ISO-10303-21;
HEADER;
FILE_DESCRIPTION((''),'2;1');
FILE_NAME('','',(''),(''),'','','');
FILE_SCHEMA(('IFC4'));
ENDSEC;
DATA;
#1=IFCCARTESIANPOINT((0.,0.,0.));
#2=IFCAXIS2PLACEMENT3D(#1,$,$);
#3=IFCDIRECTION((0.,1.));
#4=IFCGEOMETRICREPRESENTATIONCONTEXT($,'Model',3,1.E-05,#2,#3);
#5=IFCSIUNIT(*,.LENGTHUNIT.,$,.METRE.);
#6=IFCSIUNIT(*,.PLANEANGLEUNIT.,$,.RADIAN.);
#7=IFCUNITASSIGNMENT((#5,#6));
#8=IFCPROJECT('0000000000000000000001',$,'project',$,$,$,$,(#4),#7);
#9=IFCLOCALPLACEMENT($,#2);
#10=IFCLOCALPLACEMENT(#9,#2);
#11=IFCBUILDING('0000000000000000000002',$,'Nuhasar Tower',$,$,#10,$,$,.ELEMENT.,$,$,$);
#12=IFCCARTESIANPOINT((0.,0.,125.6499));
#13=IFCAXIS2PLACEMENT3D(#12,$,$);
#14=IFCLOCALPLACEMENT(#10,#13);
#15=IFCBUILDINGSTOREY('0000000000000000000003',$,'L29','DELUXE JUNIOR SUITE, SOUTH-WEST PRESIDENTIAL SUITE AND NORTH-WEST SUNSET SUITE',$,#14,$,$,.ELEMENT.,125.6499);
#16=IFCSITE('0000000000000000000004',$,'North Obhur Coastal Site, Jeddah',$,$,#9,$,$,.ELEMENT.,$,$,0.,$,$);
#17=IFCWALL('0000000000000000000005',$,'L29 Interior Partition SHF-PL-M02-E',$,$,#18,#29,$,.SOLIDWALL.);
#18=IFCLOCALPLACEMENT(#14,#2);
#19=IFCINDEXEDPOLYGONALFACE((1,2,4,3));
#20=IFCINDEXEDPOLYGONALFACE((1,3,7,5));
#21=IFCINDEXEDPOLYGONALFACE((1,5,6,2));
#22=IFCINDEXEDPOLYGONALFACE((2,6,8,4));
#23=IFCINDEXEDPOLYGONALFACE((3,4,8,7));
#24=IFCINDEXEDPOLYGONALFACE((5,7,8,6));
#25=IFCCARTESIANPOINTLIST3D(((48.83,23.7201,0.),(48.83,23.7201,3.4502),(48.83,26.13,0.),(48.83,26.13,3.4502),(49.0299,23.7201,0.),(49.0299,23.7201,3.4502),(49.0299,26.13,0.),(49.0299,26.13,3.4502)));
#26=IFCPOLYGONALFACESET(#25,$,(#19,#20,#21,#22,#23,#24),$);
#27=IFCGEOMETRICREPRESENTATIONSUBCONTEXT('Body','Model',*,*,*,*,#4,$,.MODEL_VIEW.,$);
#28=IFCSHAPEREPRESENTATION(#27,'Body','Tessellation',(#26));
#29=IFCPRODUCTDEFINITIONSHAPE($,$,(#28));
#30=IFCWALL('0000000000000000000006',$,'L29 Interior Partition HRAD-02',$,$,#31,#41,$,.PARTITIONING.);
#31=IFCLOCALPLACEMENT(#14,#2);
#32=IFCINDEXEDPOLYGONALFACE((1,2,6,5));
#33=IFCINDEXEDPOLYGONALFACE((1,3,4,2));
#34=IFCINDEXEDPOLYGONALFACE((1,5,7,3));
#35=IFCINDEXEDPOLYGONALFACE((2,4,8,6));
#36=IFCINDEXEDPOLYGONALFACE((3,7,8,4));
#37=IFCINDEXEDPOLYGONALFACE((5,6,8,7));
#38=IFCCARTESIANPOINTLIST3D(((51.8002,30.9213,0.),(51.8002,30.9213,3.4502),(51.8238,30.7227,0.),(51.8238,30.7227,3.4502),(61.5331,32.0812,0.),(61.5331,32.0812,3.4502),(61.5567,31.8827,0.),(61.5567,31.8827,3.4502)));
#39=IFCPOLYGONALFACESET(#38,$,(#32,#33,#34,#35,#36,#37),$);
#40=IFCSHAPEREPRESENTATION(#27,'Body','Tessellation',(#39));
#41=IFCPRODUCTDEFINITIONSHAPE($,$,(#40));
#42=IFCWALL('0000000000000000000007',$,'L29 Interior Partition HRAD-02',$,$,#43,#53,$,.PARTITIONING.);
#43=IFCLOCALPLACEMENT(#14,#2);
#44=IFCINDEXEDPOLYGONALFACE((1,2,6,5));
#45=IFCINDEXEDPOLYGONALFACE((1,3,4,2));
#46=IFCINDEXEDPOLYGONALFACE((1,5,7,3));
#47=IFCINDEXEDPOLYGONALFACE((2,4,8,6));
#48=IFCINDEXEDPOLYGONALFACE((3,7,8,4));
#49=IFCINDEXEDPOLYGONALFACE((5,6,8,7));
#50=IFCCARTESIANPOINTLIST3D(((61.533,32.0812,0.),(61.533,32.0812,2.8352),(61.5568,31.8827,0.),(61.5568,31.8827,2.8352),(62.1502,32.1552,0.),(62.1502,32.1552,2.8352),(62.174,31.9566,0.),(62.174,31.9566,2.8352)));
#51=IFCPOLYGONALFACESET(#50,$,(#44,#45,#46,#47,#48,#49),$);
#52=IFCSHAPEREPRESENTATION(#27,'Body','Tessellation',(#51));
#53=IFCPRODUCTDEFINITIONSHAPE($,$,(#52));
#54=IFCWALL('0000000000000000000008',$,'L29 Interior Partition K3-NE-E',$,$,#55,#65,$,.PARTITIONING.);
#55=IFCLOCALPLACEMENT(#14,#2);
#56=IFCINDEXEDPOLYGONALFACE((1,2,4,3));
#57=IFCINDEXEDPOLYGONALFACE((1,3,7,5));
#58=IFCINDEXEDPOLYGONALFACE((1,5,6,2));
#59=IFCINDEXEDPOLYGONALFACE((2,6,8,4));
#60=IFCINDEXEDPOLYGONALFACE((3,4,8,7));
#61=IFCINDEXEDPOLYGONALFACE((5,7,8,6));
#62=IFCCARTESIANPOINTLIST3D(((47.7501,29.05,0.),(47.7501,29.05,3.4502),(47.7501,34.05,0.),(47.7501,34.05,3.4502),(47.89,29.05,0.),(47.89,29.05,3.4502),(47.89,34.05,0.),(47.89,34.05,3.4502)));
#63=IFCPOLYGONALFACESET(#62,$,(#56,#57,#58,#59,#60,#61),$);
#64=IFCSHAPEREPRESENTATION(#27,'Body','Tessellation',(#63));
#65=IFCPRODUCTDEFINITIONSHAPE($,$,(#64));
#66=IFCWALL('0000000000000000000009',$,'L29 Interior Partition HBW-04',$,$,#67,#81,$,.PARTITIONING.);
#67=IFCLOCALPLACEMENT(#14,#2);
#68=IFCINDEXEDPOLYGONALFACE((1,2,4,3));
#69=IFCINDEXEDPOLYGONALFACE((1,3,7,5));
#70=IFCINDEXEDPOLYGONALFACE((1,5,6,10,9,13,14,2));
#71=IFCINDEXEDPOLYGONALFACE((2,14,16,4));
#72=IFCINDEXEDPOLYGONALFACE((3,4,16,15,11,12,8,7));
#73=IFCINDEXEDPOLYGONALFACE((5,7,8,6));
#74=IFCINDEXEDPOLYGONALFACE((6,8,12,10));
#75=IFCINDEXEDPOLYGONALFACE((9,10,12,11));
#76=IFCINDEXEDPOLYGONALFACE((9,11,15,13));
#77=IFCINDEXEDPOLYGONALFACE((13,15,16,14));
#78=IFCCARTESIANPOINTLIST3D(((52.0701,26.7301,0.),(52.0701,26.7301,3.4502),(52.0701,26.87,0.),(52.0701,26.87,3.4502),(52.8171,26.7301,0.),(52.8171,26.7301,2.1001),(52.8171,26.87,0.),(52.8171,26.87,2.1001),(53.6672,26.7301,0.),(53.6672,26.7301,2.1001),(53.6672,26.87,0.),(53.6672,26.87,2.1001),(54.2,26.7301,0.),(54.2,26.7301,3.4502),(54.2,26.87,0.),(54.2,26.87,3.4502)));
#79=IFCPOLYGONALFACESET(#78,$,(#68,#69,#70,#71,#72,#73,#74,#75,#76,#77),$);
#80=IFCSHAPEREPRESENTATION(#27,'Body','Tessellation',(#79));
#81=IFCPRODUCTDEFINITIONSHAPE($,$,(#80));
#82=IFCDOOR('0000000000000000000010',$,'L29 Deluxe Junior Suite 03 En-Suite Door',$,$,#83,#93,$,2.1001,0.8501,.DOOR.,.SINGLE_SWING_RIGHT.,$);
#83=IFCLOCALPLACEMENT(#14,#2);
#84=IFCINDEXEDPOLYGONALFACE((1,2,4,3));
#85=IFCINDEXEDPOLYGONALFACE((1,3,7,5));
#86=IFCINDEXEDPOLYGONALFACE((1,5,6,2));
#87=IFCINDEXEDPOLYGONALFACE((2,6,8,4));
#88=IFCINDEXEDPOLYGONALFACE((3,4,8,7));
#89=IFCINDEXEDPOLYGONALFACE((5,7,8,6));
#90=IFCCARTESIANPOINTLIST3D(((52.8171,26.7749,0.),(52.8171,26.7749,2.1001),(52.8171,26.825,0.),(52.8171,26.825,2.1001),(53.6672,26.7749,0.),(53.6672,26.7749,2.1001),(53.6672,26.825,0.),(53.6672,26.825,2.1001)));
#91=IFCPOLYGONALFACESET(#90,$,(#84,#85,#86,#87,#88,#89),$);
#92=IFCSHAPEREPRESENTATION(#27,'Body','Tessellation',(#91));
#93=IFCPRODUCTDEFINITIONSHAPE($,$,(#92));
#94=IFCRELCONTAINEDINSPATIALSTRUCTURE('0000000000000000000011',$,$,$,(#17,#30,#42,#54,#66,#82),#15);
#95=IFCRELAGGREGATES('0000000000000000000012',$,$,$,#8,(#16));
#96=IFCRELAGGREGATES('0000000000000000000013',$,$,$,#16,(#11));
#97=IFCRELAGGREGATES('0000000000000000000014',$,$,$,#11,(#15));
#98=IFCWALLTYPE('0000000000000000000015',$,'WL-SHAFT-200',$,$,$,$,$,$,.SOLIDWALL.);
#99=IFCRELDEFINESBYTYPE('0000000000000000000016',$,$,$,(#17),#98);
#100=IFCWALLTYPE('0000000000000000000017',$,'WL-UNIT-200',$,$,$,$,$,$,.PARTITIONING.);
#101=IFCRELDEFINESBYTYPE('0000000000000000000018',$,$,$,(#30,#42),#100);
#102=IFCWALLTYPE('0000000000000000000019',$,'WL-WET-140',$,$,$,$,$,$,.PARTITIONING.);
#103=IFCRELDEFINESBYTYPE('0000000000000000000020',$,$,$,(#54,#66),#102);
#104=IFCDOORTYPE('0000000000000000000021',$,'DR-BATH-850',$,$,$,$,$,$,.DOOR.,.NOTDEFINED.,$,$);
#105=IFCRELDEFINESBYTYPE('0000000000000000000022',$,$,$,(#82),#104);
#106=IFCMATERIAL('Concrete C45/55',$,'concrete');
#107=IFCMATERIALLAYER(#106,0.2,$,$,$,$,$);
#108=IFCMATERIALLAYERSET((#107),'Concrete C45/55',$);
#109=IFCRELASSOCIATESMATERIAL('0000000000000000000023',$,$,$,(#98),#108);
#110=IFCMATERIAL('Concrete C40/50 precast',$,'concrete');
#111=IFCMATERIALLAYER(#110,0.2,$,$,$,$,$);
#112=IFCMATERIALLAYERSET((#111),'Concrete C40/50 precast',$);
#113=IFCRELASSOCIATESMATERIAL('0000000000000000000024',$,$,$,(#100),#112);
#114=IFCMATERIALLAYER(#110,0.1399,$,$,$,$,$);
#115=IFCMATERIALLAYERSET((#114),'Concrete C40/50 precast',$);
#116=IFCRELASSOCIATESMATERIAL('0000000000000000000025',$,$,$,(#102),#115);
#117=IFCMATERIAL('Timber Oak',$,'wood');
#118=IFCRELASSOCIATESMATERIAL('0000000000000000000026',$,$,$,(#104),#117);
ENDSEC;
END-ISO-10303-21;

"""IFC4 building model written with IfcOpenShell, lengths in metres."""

from ifc_helpers import new_model, si_unit, direction, frame, frame_2d, origin, place, context, subcontext, project, spatial, rectangle, extrude, material, layer, layer_set, type_object, element, fill, save


model = new_model("IFC4")

# Units and contexts
model_context = context("Model", 3, precision=1e-05, world=origin(), true_north=direction((0.0, 1.0)))
body_context = subcontext(model_context, "Body", "Model", "MODEL_VIEW")
ifc_project = project(units=[si_unit("LENGTHUNIT", "METRE"), si_unit("PLANEANGLEUNIT", "RADIAN")], contexts=[model_context])

# Site, building, storey
site_placement = place(None, origin())
site = spatial("IfcSite", under=ifc_project, at=site_placement, Name="North Obhur Coastal Site, Jeddah", CompositionType="ELEMENT", RefElevation=0.0)
building_placement = place(site_placement, origin())
building = spatial("IfcBuilding", under=site, at=building_placement, Name="Nuhasar Tower", CompositionType="ELEMENT")
storey_placement = place(building_placement, frame((0.0, 0.0, 125.6499)))
storey = spatial("IfcBuildingStorey", under=building, at=storey_placement, Name="L29", Description="DELUXE JUNIOR SUITE, SOUTH-WEST PRESIDENTIAL SUITE AND NORTH-WEST SUNSET SUITE", CompositionType="ELEMENT", Elevation=125.6499)

# Shared definitions
ifc_material_1 = material(Name="Timber Oak", Category="wood")

# Walls
ifc_material_2 = material(Name="Concrete C45/55", Category="concrete")
ifc_layer_1 = layer(ifc_material_2, 0.2)
ifc_layer_set_1 = layer_set([ifc_layer_1], Name="Concrete C45/55")
wall_type_1 = type_object("IfcWallType", Name="WL-SHAFT-200", PredefinedType="SOLIDWALL", material=ifc_layer_set_1)
wall_1_placement = place(storey_placement, frame((48.9299, 23.72, 0.0), z_axis=(0.0, 0.0, 1.0), x_axis=(0.0, 1.0, 0.0)))
element("IfcWall", 1, at=wall_1_placement, inside=storey, type_object=wall_type_1, Name="L29 Interior Partition SHF-PL-M02-E", PredefinedType="SOLIDWALL", context=body_context, shape_type="SweptSolid", body=[
    extrude(rectangle(XDim=2.4099, YDim=0.2, at=frame_2d((1.2051, 0.0))), origin(), (0.0, 0.0, 1.0), 3.4502),
])
ifc_material_3 = material(Name="Concrete C40/50 precast", Category="concrete")
ifc_layer_2 = layer(ifc_material_3, 0.2)
ifc_layer_set_2 = layer_set([ifc_layer_2], Name="Concrete C40/50 precast")
wall_type_2 = type_object("IfcWallType", Name="WL-UNIT-200", PredefinedType="PARTITIONING", material=ifc_layer_set_2)
wall_2_placement = place(storey_placement, frame((51.812, 30.822, 0.0), z_axis=(0.0, 0.0, 1.0), x_axis=(0.992974, 0.118337, 0.0)))
element("IfcWall", 2, at=wall_2_placement, inside=storey, type_object=wall_type_2, Name="L29 Interior Partition HRAD-02", PredefinedType="PARTITIONING", context=body_context, shape_type="SweptSolid", body=[
    extrude(rectangle(XDim=9.8018, YDim=0.2, at=frame_2d((4.9009, 0.0))), origin(), (0.0, 0.0, 1.0), 3.4502),
])
wall_3_placement = place(storey_placement, frame((61.5449, 31.9819, 0.0), z_axis=(0.0, 0.0, 1.0), x_axis=(0.992894, 0.119006, 0.0)))
element("IfcWall", 3, at=wall_3_placement, inside=storey, type_object=wall_type_2, Name="L29 Interior Partition HRAD-02", PredefinedType="PARTITIONING", context=body_context, shape_type="SweptSolid", body=[
    extrude(rectangle(XDim=0.6216, YDim=0.2, at=frame_2d((0.3108, 0.0))), origin(), (0.0, 0.0, 1.0), 2.8352),
])
ifc_layer_3 = layer(ifc_material_3, 0.1399)
ifc_layer_set_3 = layer_set([ifc_layer_3], Name="Concrete C40/50 precast")
wall_type_3 = type_object("IfcWallType", Name="WL-WET-140", PredefinedType="PARTITIONING", material=ifc_layer_set_3)
wall_4_placement = place(storey_placement, frame((47.8201, 29.05, 0.0), z_axis=(0.0, 0.0, 1.0), x_axis=(0.0, 1.0, 0.0)))
element("IfcWall", 4, at=wall_4_placement, inside=storey, type_object=wall_type_3, Name="L29 Interior Partition K3-NE-E", PredefinedType="PARTITIONING", context=body_context, shape_type="SweptSolid", body=[
    extrude(rectangle(XDim=5.0, YDim=0.1399, at=frame_2d((2.5, 0.0))), origin(), (0.0, 0.0, 1.0), 3.4502),
])

# Wall, opening, door
wall_5_placement = place(storey_placement, frame((52.0701, 26.8, 0.0), z_axis=(0.0, 0.0, 1.0), x_axis=(1.0, 0.0, 0.0)))
wall_5 = element("IfcWall", 5, at=wall_5_placement, inside=storey, type_object=wall_type_3, Name="L29 Interior Partition HBW-04", PredefinedType="PARTITIONING", context=body_context, shape_type="SweptSolid", body=[
    extrude(rectangle(XDim=2.1299, YDim=0.1399, at=frame_2d((1.0649, 0.0))), origin(), (0.0, 0.0, 1.0), 3.4502),
])
opening_1_placement = place(wall_5_placement, frame((0.7471, 0.0, 0.0)))
opening_1 = element("IfcOpeningElement", 6, at=opening_1_placement, cuts=wall_5, PredefinedType="OPENING", context=body_context, shape_type="SweptSolid", body=[
    extrude(rectangle(XDim=0.8501, YDim=2.1001, at=frame_2d((0.425, 1.05))), frame((0.0, 0.0801, 0.0), z_axis=(0.0, -1.0, 0.0), x_axis=(1.0, 0.0, 0.0)), (0.0, 0.0, 1.0), 0.1599),
])
door_type_1 = type_object("IfcDoorType", Name="DR-BATH-850", OperationType="NOTDEFINED", PredefinedType="DOOR", material=ifc_material_1)
door_1_placement = place(opening_1_placement, origin())
door_1 = element("IfcDoor", 7, at=door_1_placement, inside=storey, type_object=door_type_1, Name="L29 Deluxe Junior Suite 03 En-Suite Door", OperationType="SINGLE_SWING_RIGHT", OverallHeight=2.1001, OverallWidth=0.8501, PredefinedType="DOOR", context=body_context, shape_type="SweptSolid", body=[
    extrude(rectangle(XDim=0.8501, YDim=2.1001, at=frame_2d((0.425, 1.05))), frame((0.0, 0.0249, 0.0), z_axis=(0.0, -1.0, 0.0), x_axis=(1.0, 0.0, 0.0)), (0.0, 0.0, 1.0), 0.05),
])
fill(opening_1, door_1)

save(model, "model.ifc")
